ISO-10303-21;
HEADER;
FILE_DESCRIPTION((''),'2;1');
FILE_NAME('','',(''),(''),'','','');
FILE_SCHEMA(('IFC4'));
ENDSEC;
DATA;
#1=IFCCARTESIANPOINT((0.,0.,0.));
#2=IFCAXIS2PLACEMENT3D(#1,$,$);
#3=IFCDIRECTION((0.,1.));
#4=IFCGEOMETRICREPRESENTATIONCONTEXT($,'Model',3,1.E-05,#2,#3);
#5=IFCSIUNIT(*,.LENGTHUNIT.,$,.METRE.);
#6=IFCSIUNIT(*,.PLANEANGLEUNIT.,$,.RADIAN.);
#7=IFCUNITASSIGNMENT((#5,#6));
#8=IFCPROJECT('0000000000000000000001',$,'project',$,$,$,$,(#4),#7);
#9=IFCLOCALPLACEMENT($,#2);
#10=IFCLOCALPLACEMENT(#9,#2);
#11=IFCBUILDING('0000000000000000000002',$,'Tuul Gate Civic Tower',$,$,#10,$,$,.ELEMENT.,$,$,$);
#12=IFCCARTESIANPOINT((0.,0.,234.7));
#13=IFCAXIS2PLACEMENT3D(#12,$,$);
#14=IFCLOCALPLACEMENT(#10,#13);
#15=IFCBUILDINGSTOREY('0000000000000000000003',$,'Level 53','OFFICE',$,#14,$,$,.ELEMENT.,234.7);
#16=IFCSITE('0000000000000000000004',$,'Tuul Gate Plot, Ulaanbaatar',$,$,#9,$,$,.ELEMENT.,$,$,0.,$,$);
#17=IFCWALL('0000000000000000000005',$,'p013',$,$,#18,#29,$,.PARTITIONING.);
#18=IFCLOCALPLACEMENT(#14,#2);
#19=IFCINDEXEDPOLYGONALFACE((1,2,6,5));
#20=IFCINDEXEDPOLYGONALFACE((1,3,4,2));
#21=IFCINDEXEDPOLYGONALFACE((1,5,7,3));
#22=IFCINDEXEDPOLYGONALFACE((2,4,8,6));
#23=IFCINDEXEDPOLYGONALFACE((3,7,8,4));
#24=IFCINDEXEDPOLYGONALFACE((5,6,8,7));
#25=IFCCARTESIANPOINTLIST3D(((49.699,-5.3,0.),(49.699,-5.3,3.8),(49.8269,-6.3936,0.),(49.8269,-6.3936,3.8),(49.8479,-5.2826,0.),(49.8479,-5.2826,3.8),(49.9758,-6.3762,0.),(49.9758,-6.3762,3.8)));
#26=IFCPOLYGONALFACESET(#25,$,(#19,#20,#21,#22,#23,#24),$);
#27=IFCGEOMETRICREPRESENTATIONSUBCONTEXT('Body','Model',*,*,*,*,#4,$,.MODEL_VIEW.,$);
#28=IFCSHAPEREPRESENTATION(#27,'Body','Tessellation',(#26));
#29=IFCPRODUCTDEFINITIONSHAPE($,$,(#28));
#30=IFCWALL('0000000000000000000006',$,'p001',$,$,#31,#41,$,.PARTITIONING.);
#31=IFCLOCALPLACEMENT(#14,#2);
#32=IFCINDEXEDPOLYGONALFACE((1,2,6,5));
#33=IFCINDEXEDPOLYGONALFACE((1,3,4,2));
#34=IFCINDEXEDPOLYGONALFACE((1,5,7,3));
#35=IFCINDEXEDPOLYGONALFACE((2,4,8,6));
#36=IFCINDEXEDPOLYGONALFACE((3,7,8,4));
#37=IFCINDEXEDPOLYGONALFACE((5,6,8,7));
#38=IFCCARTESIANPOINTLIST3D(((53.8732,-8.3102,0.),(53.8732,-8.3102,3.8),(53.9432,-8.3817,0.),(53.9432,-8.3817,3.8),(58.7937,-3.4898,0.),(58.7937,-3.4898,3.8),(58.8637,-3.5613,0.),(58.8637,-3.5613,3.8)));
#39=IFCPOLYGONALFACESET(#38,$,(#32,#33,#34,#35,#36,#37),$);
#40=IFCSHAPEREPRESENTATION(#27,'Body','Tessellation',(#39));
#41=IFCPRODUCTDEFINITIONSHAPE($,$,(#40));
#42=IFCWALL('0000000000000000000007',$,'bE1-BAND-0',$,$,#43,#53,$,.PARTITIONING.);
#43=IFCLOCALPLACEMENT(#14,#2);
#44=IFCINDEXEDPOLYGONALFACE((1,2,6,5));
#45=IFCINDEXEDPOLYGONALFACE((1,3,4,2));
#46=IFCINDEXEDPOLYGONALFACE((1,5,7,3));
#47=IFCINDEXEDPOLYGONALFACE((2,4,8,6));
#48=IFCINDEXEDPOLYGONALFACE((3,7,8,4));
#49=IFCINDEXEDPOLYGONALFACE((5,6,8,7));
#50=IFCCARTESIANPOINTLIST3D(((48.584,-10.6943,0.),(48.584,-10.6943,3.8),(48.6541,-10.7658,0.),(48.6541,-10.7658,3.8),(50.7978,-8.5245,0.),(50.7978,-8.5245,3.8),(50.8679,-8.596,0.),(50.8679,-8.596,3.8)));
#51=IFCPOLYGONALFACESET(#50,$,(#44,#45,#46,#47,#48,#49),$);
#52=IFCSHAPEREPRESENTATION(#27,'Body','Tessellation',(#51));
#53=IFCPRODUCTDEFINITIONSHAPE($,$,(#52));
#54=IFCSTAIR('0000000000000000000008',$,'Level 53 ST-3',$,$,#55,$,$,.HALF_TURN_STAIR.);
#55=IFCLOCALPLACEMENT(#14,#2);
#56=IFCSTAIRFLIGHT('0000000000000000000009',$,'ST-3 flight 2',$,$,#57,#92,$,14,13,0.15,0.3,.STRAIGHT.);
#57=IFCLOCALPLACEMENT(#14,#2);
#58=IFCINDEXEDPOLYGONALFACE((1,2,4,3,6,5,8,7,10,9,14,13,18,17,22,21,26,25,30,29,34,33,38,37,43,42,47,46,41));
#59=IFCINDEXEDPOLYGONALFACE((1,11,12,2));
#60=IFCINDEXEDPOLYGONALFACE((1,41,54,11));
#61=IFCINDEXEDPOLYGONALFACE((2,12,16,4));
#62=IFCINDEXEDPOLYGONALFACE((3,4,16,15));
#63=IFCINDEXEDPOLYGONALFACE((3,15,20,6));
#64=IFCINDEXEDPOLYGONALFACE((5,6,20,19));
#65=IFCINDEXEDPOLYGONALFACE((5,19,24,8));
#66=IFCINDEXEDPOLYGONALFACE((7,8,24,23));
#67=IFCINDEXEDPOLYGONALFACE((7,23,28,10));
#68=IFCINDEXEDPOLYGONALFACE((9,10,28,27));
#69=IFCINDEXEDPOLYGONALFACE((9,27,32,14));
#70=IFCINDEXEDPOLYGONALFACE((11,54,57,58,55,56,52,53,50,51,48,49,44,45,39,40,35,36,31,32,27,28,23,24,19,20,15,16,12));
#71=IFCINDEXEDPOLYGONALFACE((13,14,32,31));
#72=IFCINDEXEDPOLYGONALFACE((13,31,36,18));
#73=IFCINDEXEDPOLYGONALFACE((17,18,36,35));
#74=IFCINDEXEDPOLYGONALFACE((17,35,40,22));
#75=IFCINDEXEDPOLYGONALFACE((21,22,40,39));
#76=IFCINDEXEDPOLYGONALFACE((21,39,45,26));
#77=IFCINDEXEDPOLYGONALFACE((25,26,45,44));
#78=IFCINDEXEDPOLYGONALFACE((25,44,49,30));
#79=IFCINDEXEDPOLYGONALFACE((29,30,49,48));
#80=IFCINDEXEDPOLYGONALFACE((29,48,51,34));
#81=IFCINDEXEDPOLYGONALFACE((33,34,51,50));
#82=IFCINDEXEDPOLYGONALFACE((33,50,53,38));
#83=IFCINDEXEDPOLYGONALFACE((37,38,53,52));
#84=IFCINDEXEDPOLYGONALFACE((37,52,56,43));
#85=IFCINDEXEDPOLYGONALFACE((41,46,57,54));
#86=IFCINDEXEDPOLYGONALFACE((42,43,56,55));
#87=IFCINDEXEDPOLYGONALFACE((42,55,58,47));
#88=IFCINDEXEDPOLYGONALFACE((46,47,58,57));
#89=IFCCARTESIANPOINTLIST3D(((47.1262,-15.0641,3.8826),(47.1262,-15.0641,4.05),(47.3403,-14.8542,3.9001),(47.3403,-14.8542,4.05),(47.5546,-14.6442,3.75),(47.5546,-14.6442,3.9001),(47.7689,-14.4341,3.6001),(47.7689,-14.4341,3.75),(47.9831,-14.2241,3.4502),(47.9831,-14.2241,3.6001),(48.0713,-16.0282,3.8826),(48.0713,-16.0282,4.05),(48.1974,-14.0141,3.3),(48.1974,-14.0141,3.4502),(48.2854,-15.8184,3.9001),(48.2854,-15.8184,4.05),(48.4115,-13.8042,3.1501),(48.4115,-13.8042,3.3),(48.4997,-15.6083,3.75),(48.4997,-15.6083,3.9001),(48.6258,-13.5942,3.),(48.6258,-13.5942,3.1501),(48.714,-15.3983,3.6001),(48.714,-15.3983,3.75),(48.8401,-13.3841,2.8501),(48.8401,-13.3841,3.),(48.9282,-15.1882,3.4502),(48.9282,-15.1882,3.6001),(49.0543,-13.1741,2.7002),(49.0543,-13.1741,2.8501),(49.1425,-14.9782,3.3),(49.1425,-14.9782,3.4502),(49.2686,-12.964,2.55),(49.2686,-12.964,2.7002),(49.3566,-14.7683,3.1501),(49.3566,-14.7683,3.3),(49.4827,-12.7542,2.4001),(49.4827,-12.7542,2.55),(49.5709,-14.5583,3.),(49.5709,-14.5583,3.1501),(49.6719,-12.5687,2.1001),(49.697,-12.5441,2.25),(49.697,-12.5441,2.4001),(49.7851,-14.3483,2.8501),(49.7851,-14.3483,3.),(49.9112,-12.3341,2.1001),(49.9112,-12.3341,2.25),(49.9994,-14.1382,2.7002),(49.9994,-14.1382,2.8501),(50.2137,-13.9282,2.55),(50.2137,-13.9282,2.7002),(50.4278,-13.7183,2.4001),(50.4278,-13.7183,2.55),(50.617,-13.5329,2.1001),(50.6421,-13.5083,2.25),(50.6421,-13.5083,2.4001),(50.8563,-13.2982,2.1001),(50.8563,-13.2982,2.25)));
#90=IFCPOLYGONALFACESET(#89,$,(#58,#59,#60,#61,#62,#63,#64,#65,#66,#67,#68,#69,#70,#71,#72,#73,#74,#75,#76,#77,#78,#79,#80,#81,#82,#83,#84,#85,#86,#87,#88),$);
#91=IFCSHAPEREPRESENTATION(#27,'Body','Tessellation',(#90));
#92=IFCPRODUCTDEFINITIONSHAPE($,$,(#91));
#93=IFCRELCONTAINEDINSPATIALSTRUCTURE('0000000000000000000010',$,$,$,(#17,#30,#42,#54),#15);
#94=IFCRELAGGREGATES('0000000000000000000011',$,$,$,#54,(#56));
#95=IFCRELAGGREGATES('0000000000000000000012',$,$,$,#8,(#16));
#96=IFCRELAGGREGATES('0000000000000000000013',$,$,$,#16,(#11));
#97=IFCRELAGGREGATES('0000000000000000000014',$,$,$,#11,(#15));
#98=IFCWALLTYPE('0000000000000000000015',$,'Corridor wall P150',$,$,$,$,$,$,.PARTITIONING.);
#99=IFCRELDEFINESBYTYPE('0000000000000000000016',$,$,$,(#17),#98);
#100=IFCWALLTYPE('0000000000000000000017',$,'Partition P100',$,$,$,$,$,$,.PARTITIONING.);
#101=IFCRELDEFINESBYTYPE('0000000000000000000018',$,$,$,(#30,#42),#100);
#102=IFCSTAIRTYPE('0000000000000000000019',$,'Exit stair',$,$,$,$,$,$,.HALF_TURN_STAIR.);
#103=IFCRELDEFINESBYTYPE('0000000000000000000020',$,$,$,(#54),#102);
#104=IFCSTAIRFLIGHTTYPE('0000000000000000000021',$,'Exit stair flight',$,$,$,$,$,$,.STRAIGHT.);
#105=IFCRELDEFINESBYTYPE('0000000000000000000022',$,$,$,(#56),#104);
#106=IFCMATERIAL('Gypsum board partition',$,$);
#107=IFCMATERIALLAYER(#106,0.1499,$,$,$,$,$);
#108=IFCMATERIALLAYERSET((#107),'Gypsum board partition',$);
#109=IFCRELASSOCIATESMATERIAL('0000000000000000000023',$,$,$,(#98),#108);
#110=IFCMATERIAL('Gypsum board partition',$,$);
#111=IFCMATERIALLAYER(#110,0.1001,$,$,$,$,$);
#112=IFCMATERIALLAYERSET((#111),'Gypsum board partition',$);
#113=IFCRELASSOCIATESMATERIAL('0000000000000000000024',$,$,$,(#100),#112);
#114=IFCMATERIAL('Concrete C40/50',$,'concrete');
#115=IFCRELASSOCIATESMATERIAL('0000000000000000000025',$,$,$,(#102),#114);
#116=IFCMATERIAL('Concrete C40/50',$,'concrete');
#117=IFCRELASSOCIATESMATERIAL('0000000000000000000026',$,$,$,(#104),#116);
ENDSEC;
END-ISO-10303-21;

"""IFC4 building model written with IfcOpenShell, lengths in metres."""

from ifc_helpers import new_model, si_unit, direction, frame, frame_2d, origin, place, context, subcontext, project, spatial, polyline, rectangle, outline, extrude, material, layer, layer_set, type_object, element, aggregate, save


model = new_model("IFC4")

# Units and contexts
model_context = context("Model", 3, precision=1e-05, world=origin(), true_north=direction((0.0, 1.0)))
body_context = subcontext(model_context, "Body", "Model", "MODEL_VIEW")
ifc_project = project(units=[si_unit("LENGTHUNIT", "METRE"), si_unit("PLANEANGLEUNIT", "RADIAN")], contexts=[model_context])

# Site, building, storey
site_placement = place(None, origin())
site = spatial("IfcSite", under=ifc_project, at=site_placement, Name="Tuul Gate Plot, Ulaanbaatar", CompositionType="ELEMENT", RefElevation=0.0)
building_placement = place(site_placement, origin())
building = spatial("IfcBuilding", under=site, at=building_placement, Name="Tuul Gate Civic Tower", CompositionType="ELEMENT")
storey_placement = place(building_placement, frame((0.0, 0.0, 234.7)))
storey = spatial("IfcBuildingStorey", under=building, at=storey_placement, Name="Level 53", Description="OFFICE", CompositionType="ELEMENT", Elevation=234.7)

# Walls
ifc_material_1 = material(Name="Gypsum board partition")
ifc_layer_1 = layer(ifc_material_1, 0.1499)
ifc_layer_set_1 = layer_set([ifc_layer_1], Name="Gypsum board partition")
wall_type_1 = type_object("IfcWallType", Name="Corridor wall P150", PredefinedType="PARTITIONING", material=ifc_layer_set_1)
wall_1_placement = place(storey_placement, frame((49.7734, -5.2913, 0.0), z_axis=(0.0, 0.0, 1.0), x_axis=(0.116198, -0.993226, 0.0)))
element("IfcWall", 1, at=wall_1_placement, inside=storey, type_object=wall_type_1, Name="p013", PredefinedType="PARTITIONING", context=body_context, shape_type="SweptSolid", body=[
    extrude(rectangle(XDim=1.1011, YDim=0.1499, at=frame_2d((0.5505, 0.0))), origin(), (0.0, 0.0, 1.0), 3.8),
])
ifc_material_2 = material(Name="Gypsum board partition")
ifc_layer_2 = layer(ifc_material_2, 0.1001)
ifc_layer_set_2 = layer_set([ifc_layer_2], Name="Gypsum board partition")
wall_type_2 = type_object("IfcWallType", Name="Partition P100", PredefinedType="PARTITIONING", material=ifc_layer_set_2)
wall_2_placement = place(storey_placement, frame((53.9082, -8.3459, 0.0), z_axis=(0.0, 0.0, 1.0), x_axis=(0.714335, 0.699803, 0.0)))
element("IfcWall", 2, at=wall_2_placement, inside=storey, type_object=wall_type_2, Name="p001", PredefinedType="PARTITIONING", context=body_context, shape_type="SweptSolid", body=[
    extrude(rectangle(XDim=6.8882, YDim=0.1001, at=frame_2d((3.4441, 0.0))), origin(), (0.0, 0.0, 1.0), 3.8),
])
wall_3_placement = place(storey_placement, frame((48.6191, -10.73, 0.0), z_axis=(0.0, 0.0, 1.0), x_axis=(0.714159, 0.699983, 0.0)))
element("IfcWall", 3, at=wall_3_placement, inside=storey, type_object=wall_type_2, Name="bE1-BAND-0", PredefinedType="PARTITIONING", context=body_context, shape_type="SweptSolid", body=[
    extrude(rectangle(XDim=3.0999, YDim=0.1001, at=frame_2d((1.5498, 0.0))), origin(), (0.0, 0.0, 1.0), 3.8),
])

# Stair, stair flight
ifc_material_3 = material(Name="Concrete C40/50", Category="concrete")
stair_type = type_object("IfcStairType", Name="Exit stair", PredefinedType="HALF_TURN_STAIR", material=ifc_material_3)
stair_placement = place(storey_placement, origin())
stair = element("IfcStair", 4, at=stair_placement, inside=storey, type_object=stair_type, Name="Level 53 ST-3", PredefinedType="HALF_TURN_STAIR")
ifc_material_4 = material(Name="Concrete C40/50", Category="concrete")
stair_flight_type = type_object("IfcStairFlightType", Name="Exit stair flight", PredefinedType="STRAIGHT", material=ifc_material_4)
stair_flight_placement = place(storey_placement, frame((50.3838, -12.8162, 2.1001), z_axis=(0.0, 0.0, 1.0), x_axis=(-0.714127, -0.700016, 0.0)))
stair_flight = element("IfcStairFlight", 5, at=stair_flight_placement, type_object=stair_flight_type, Name="ST-3 flight 2", NumberOfRisers=14, NumberOfTreads=13, PredefinedType="STRAIGHT", RiserHeight=0.15, TreadLength=0.3, context=body_context, shape_type="SweptSolid", body=[
    extrude(outline(polyline([(0.0, 0.0), (0.0, 0.1499), (0.3, 0.1499), (0.3, 0.3), (0.6001, 0.3), (0.6001, 0.45), (0.8999, 0.45), (0.8999, 0.6001), (1.2, 0.6001), (1.2, 0.75), (1.5, 0.75), (1.5, 0.8999), (1.8, 0.8999), (1.8, 1.05), (2.1001, 1.05), (2.1001, 1.2), (2.3999, 1.2), (2.3999, 1.3501), (2.7, 1.3501), (2.7, 1.5), (3.0, 1.5), (3.0, 1.6499), (3.3, 1.6499), (3.3, 1.8), (3.6001, 1.8), (3.6001, 1.95), (3.8999, 1.95), (3.8999, 2.1001), (3.8999, 1.7825), (0.3352, 0.0), (0.0, 0.0)])), frame((0.0, 0.675, 0.0), z_axis=(0.0, -1.0, 0.0), x_axis=(1.0, 0.0, 0.0)), (0.0, 0.0, 1.0), 1.3501),
])
aggregate(stair, [stair_flight])

save(model, "model.ifc")
